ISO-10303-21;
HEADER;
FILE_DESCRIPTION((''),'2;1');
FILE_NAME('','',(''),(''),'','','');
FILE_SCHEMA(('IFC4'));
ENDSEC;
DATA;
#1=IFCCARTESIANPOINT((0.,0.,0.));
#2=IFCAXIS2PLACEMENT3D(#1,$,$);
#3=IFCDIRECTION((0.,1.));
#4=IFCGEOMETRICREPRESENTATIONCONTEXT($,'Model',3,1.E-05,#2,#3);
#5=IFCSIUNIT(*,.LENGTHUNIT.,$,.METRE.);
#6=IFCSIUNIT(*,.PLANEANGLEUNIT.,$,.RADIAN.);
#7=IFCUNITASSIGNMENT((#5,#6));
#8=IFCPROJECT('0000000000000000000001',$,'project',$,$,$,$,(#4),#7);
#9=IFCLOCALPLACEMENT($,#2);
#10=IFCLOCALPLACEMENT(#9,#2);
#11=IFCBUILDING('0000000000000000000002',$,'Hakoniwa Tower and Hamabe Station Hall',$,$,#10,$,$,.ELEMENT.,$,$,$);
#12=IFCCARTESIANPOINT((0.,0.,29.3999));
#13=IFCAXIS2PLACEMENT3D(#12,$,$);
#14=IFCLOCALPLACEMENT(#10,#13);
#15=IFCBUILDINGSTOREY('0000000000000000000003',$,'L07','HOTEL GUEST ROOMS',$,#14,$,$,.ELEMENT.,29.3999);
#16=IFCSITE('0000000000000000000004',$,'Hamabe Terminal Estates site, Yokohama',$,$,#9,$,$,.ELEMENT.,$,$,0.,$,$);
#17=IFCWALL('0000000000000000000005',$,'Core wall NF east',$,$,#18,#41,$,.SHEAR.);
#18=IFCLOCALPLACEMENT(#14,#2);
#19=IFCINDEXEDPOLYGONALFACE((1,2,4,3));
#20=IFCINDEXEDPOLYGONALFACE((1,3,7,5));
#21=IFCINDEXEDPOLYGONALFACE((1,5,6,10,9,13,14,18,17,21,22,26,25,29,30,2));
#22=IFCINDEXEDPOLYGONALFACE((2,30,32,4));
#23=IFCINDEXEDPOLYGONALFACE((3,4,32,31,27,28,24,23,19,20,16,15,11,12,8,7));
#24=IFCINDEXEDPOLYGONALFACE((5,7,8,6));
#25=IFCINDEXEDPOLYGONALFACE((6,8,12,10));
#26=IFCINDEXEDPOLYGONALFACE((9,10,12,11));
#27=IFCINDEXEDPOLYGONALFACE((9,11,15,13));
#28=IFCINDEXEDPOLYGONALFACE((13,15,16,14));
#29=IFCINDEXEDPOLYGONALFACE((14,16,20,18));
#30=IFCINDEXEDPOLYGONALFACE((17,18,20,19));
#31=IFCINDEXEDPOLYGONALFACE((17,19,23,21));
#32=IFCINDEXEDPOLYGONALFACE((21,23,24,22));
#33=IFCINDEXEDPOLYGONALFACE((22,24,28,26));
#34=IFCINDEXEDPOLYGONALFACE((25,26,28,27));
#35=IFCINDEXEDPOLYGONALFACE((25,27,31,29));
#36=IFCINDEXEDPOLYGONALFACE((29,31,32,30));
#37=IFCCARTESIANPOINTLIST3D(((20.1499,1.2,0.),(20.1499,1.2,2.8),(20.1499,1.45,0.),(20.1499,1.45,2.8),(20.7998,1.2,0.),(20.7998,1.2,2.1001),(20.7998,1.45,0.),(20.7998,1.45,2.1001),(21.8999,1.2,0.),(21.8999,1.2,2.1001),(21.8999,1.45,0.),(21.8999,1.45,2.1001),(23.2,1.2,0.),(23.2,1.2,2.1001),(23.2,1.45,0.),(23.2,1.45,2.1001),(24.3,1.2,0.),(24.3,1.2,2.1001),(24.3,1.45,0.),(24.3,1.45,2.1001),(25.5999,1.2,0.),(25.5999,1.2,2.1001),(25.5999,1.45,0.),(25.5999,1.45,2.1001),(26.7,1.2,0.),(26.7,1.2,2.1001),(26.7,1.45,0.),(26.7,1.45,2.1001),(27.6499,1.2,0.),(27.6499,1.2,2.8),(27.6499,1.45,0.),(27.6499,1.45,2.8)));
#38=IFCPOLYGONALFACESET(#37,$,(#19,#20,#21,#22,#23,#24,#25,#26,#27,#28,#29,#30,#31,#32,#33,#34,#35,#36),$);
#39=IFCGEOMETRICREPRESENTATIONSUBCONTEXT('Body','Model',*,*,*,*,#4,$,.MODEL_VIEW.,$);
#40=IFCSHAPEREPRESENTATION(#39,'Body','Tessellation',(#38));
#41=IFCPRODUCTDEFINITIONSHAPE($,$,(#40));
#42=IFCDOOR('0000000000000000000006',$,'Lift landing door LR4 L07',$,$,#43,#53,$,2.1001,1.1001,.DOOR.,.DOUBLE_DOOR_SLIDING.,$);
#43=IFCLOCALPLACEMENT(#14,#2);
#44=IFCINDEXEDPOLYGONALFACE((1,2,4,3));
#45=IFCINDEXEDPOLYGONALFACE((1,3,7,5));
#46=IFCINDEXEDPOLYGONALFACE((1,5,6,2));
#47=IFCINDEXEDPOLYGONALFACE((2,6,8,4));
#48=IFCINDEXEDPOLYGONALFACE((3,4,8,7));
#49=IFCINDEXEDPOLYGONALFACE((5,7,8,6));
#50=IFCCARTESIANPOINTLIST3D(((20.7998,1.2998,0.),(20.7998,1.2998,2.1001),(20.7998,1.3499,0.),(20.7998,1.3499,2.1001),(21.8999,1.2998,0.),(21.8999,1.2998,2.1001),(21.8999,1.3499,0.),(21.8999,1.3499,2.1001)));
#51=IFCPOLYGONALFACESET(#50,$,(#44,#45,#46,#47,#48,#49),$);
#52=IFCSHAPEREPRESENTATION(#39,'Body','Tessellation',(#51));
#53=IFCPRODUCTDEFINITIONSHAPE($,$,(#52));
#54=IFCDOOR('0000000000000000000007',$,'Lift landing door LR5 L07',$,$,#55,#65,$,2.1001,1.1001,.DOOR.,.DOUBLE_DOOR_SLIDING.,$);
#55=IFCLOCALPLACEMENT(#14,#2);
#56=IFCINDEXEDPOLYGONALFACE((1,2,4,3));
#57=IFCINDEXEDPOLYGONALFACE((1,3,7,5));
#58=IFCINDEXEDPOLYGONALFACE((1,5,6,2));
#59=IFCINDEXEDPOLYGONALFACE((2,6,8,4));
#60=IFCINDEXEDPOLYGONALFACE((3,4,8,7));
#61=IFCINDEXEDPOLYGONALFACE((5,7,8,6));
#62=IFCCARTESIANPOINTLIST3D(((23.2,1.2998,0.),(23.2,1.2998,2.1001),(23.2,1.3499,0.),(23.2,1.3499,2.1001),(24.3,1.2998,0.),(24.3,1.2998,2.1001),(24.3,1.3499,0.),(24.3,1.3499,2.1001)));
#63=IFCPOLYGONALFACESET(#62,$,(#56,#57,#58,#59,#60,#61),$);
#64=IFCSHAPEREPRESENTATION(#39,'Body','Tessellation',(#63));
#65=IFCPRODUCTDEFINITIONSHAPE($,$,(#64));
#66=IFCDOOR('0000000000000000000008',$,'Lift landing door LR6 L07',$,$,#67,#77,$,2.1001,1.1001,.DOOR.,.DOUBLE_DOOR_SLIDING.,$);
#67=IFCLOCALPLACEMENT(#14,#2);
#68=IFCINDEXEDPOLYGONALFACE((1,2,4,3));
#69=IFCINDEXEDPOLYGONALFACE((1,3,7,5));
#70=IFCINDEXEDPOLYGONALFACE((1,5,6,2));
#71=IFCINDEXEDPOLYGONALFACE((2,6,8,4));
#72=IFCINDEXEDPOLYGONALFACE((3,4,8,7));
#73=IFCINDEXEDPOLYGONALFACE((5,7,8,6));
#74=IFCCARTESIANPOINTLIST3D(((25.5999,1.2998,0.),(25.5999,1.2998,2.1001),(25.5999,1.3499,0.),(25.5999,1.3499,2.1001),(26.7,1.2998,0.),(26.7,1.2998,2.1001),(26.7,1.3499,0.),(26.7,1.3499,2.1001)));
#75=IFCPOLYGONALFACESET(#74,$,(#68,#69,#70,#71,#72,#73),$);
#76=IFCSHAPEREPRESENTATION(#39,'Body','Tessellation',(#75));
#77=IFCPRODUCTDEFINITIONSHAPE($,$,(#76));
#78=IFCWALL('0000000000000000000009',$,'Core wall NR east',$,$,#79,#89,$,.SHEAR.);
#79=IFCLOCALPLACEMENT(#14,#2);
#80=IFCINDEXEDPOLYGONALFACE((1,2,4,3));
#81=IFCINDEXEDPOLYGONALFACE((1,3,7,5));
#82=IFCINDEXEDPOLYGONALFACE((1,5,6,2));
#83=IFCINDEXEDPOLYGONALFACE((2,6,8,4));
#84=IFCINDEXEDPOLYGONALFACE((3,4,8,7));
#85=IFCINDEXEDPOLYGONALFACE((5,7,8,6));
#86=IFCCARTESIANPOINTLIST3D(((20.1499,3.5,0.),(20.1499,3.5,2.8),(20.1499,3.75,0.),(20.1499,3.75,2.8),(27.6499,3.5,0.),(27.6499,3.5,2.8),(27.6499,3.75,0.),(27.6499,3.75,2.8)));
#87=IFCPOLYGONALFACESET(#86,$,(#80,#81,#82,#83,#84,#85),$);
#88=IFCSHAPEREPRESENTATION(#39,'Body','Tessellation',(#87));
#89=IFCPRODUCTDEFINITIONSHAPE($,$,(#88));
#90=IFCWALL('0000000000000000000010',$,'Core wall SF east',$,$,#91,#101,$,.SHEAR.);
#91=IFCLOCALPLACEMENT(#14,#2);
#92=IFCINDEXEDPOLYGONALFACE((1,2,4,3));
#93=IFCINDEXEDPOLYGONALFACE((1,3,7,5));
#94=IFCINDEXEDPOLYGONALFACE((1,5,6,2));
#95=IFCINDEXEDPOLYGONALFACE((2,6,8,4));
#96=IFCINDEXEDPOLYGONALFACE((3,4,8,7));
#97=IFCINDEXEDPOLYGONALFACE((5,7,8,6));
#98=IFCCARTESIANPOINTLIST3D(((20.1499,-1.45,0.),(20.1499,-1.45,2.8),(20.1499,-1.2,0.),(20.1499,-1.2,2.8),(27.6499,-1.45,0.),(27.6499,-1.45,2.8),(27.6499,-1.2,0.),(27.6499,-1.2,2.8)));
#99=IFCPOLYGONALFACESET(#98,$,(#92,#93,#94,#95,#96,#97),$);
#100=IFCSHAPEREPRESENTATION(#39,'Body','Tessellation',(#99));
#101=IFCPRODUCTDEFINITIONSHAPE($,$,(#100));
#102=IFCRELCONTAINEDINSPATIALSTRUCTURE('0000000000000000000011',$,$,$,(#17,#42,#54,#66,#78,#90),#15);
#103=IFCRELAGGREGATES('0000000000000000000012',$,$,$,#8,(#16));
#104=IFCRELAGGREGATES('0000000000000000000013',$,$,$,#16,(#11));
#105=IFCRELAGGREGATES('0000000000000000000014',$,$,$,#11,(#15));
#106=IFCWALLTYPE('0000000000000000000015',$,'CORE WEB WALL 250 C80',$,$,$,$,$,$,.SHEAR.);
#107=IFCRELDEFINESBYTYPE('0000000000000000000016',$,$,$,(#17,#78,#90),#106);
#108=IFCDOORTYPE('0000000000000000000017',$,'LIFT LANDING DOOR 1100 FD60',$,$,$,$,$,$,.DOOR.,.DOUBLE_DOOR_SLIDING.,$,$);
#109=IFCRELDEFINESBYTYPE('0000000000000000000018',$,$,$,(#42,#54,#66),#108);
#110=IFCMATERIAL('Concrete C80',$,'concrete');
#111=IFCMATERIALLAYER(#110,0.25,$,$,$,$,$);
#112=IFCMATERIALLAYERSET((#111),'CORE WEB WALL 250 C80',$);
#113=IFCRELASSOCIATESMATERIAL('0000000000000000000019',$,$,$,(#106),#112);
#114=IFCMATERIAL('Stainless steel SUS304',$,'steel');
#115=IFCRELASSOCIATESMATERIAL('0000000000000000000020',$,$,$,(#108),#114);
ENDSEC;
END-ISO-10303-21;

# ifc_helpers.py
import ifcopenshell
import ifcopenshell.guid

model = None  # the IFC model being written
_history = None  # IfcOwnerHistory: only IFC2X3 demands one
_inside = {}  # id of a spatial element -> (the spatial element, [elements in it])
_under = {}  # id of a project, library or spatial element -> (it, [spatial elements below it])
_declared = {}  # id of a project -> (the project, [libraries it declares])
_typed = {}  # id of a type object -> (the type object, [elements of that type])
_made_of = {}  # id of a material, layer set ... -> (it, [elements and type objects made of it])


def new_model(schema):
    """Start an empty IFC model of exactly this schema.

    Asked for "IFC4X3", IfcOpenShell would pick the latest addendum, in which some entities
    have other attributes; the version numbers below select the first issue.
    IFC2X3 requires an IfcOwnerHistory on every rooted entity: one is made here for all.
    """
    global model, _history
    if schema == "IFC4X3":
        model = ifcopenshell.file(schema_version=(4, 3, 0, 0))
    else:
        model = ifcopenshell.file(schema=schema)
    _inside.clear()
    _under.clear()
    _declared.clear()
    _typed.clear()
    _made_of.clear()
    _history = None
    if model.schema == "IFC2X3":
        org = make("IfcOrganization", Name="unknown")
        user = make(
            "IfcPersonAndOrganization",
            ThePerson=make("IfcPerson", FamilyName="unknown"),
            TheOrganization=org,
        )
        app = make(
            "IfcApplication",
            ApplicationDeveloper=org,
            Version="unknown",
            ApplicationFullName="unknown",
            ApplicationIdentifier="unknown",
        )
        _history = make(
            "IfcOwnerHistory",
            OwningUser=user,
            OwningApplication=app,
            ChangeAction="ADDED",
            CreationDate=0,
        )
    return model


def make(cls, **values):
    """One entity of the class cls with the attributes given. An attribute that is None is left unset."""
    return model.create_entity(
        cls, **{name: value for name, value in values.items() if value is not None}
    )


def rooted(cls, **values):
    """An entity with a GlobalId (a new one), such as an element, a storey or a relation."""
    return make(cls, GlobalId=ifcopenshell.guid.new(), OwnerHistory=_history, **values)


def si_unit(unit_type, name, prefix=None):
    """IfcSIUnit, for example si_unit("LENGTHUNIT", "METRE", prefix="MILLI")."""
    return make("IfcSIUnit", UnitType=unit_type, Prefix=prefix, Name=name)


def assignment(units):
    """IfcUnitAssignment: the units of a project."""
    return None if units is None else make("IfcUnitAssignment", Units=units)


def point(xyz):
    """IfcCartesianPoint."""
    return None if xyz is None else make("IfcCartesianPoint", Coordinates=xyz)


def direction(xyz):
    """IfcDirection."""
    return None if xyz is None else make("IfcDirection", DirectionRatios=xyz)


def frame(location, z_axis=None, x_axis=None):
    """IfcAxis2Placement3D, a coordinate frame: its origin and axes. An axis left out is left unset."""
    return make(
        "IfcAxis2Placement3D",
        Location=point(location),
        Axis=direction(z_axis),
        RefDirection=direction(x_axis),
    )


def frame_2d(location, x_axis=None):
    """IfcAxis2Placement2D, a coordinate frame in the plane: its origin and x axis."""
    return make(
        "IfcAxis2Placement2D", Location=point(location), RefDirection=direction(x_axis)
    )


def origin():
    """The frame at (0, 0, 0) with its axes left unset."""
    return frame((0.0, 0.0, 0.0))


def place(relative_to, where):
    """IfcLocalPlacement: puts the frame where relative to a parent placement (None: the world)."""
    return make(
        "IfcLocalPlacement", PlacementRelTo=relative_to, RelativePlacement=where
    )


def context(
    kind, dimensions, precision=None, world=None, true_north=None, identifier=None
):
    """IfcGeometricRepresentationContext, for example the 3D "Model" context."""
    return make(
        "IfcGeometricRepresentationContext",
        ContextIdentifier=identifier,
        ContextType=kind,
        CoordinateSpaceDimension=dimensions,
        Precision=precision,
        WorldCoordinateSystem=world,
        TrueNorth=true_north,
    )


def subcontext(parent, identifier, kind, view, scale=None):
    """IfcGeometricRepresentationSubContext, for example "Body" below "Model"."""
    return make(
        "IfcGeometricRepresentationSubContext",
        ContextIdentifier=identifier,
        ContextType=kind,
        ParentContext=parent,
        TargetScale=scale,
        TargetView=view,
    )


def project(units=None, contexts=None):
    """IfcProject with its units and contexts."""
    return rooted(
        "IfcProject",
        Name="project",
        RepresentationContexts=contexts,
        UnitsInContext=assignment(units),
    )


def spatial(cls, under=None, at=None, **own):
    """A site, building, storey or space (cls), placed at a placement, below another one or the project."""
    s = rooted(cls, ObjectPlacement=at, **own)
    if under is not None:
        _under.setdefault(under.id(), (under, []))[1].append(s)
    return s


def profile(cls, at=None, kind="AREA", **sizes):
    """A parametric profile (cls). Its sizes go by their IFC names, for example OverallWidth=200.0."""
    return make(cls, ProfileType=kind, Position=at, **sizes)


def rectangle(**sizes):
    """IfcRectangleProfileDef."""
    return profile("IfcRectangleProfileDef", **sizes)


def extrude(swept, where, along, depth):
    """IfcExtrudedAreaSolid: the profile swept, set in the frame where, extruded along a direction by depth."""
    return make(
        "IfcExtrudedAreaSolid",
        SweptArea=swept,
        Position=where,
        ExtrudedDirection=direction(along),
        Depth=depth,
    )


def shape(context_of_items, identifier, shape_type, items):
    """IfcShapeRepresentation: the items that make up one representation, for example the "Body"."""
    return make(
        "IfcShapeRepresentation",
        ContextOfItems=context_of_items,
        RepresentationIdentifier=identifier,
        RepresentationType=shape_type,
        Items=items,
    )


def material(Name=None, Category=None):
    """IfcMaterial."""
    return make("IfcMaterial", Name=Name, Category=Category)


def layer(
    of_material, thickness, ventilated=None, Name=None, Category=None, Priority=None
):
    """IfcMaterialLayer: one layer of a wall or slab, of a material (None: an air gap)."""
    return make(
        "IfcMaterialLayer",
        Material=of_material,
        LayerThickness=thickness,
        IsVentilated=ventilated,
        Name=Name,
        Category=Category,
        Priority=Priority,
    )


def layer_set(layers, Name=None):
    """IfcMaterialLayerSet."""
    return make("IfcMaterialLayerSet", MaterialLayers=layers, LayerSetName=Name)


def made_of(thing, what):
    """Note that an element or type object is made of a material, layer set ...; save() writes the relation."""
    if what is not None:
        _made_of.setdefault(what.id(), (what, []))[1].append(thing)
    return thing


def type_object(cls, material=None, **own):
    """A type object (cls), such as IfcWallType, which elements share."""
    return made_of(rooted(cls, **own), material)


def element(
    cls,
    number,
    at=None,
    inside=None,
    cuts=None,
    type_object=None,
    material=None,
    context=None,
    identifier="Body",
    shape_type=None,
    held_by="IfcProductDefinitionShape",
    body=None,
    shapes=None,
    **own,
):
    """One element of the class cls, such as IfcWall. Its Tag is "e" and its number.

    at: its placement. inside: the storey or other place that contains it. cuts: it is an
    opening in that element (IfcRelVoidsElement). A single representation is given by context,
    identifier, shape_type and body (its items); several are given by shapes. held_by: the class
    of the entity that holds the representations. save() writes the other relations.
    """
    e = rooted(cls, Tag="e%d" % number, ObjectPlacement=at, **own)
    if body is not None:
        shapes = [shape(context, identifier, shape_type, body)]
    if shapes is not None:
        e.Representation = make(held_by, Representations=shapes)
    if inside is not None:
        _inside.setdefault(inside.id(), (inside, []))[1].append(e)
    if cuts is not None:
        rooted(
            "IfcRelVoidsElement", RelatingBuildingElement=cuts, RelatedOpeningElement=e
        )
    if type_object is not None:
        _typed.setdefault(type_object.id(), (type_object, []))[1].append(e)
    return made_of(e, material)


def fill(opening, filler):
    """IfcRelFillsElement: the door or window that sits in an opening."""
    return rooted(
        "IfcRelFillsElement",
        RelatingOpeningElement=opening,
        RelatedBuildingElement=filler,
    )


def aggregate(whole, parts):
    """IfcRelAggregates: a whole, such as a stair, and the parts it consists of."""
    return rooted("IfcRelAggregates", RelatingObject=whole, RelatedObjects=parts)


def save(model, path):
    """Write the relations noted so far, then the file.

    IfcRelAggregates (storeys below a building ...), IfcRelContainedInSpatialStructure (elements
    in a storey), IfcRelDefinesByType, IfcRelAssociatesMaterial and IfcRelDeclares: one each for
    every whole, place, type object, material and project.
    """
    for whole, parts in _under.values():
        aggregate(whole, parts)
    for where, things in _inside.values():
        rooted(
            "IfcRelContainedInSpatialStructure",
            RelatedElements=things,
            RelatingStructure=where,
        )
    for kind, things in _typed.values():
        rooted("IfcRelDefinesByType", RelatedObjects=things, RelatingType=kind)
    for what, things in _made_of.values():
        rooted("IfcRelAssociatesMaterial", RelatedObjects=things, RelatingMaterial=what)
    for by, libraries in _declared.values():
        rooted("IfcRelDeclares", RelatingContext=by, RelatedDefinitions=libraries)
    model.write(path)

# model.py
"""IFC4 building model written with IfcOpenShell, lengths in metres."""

from ifc_helpers import new_model, si_unit, direction, frame, frame_2d, origin, place, context, subcontext, project, spatial, rectangle, extrude, material, layer, layer_set, type_object, element, fill, save


model = new_model("IFC4")

# Units and contexts
model_context = context("Model", 3, precision=1e-05, world=origin(), true_north=direction((0.0, 1.0)))
body_context = subcontext(model_context, "Body", "Model", "MODEL_VIEW")
ifc_project = project(units=[si_unit("LENGTHUNIT", "METRE"), si_unit("PLANEANGLEUNIT", "RADIAN")], contexts=[model_context])

# Site, building, storey
site_placement = place(None, origin())
site = spatial("IfcSite", under=ifc_project, at=site_placement, Name="Hamabe Terminal Estates site, Yokohama", CompositionType="ELEMENT", RefElevation=0.0)
building_placement = place(site_placement, origin())
building = spatial("IfcBuilding", under=site, at=building_placement, Name="Hakoniwa Tower and Hamabe Station Hall", CompositionType="ELEMENT")
storey_placement = place(building_placement, frame((0.0, 0.0, 29.3999)))
storey = spatial("IfcBuildingStorey", under=building, at=storey_placement, Name="L07", Description="HOTEL GUEST ROOMS", CompositionType="ELEMENT", Elevation=29.3999)

# Shared definitions
ifc_material_1 = material(Name="Concrete C80", Category="concrete")
ifc_layer_1 = layer(ifc_material_1, 0.25)
ifc_layer_set_1 = layer_set([ifc_layer_1], Name="CORE WEB WALL 250 C80")
wall_type_1 = type_object("IfcWallType", Name="CORE WEB WALL 250 C80", PredefinedType="SHEAR", material=ifc_layer_set_1)

# Wall, openings, doors
wall_1_placement = place(storey_placement, frame((20.1499, 1.325, 0.0), z_axis=(0.0, 0.0, 1.0), x_axis=(1.0, 0.0, 0.0)))
wall_1 = element("IfcWall", 1, at=wall_1_placement, inside=storey, type_object=wall_type_1, Name="Core wall NF east", PredefinedType="SHEAR", context=body_context, shape_type="SweptSolid", body=[
    extrude(rectangle(XDim=7.5, YDim=0.25, at=frame_2d((3.75, 0.0))), origin(), (0.0, 0.0, 1.0), 2.8),
])
opening_1_placement = place(wall_1_placement, frame((0.6499, 0.0, 0.0)))
opening_1 = element("IfcOpeningElement", 2, at=opening_1_placement, cuts=wall_1, PredefinedType="OPENING", context=body_context, shape_type="SweptSolid", body=[
    extrude(rectangle(XDim=1.1001, YDim=2.1001, at=frame_2d((0.55, 1.05))), frame((0.0, 0.135, 0.0), z_axis=(0.0, -1.0, 0.0), x_axis=(1.0, 0.0, 0.0)), (0.0, 0.0, 1.0), 0.27),
])
opening_2_placement = place(wall_1_placement, frame((3.05, 0.0, 0.0)))
opening_2 = element("IfcOpeningElement", 3, at=opening_2_placement, cuts=wall_1, PredefinedType="OPENING", context=body_context, shape_type="SweptSolid", body=[
    extrude(rectangle(XDim=1.1001, YDim=2.1001, at=frame_2d((0.55, 1.05))), frame((0.0, 0.135, 0.0), z_axis=(0.0, -1.0, 0.0), x_axis=(1.0, 0.0, 0.0)), (0.0, 0.0, 1.0), 0.27),
])
opening_3_placement = place(wall_1_placement, frame((5.45, 0.0, 0.0)))
opening_3 = element("IfcOpeningElement", 4, at=opening_3_placement, cuts=wall_1, PredefinedType="OPENING", context=body_context, shape_type="SweptSolid", body=[
    extrude(rectangle(XDim=1.1001, YDim=2.1001, at=frame_2d((0.55, 1.05))), frame((0.0, 0.135, 0.0), z_axis=(0.0, -1.0, 0.0), x_axis=(1.0, 0.0, 0.0)), (0.0, 0.0, 1.0), 0.27),
])
ifc_material_2 = material(Name="Stainless steel SUS304", Category="steel")
door_type_1 = type_object("IfcDoorType", Name="LIFT LANDING DOOR 1100 FD60", OperationType="DOUBLE_DOOR_SLIDING", PredefinedType="DOOR", material=ifc_material_2)
door_1_placement = place(opening_1_placement, origin())
door_1 = element("IfcDoor", 5, at=door_1_placement, inside=storey, type_object=door_type_1, Name="Lift landing door LR4 L07", OperationType="DOUBLE_DOOR_SLIDING", OverallHeight=2.1001, OverallWidth=1.1001, PredefinedType="DOOR", context=body_context, shape_type="SweptSolid", body=[
    extrude(rectangle(XDim=1.1001, YDim=2.1001, at=frame_2d((0.55, 1.05))), frame((0.0, 0.0249, 0.0), z_axis=(0.0, -1.0, 0.0), x_axis=(1.0, 0.0, 0.0)), (0.0, 0.0, 1.0), 0.05),
])
fill(opening_1, door_1)
door_2_placement = place(opening_2_placement, origin())
door_2 = element("IfcDoor", 6, at=door_2_placement, inside=storey, type_object=door_type_1, Name="Lift landing door LR5 L07", OperationType="DOUBLE_DOOR_SLIDING", OverallHeight=2.1001, OverallWidth=1.1001, PredefinedType="DOOR", context=body_context, shape_type="SweptSolid", body=[
    extrude(rectangle(XDim=1.1001, YDim=2.1001, at=frame_2d((0.55, 1.05))), frame((0.0, 0.0249, 0.0), z_axis=(0.0, -1.0, 0.0), x_axis=(1.0, 0.0, 0.0)), (0.0, 0.0, 1.0), 0.05),
])
fill(opening_2, door_2)
door_3_placement = place(opening_3_placement, origin())
door_3 = element("IfcDoor", 7, at=door_3_placement, inside=storey, type_object=door_type_1, Name="Lift landing door LR6 L07", OperationType="DOUBLE_DOOR_SLIDING", OverallHeight=2.1001, OverallWidth=1.1001, PredefinedType="DOOR", context=body_context, shape_type="SweptSolid", body=[
    extrude(rectangle(XDim=1.1001, YDim=2.1001, at=frame_2d((0.55, 1.05))), frame((0.0, 0.0249, 0.0), z_axis=(0.0, -1.0, 0.0), x_axis=(1.0, 0.0, 0.0)), (0.0, 0.0, 1.0), 0.05),
])
fill(opening_3, door_3)

# Walls
for number, where, z_axis, x_axis, name in (
    (8, (20.1499, 3.625, 0.0), (0.0, 0.0, 1.0), (1.0, 0.0, 0.0), "Core wall NR east"),
    (9, (20.1499, -1.325, 0.0), (0.0, 0.0, 1.0), (1.0, 0.0, 0.0), "Core wall SF east"),
):
    element("IfcWall", number, at=place(storey_placement, frame(where, z_axis=z_axis, x_axis=x_axis)), inside=storey, type_object=wall_type_1, Name=name, PredefinedType="SHEAR", context=body_context, shape_type="SweptSolid", body=[
        extrude(rectangle(XDim=7.5, YDim=0.25, at=frame_2d((3.75, 0.0))), origin(), (0.0, 0.0, 1.0), 2.8),
    ])

save(model, "model.ifc")
